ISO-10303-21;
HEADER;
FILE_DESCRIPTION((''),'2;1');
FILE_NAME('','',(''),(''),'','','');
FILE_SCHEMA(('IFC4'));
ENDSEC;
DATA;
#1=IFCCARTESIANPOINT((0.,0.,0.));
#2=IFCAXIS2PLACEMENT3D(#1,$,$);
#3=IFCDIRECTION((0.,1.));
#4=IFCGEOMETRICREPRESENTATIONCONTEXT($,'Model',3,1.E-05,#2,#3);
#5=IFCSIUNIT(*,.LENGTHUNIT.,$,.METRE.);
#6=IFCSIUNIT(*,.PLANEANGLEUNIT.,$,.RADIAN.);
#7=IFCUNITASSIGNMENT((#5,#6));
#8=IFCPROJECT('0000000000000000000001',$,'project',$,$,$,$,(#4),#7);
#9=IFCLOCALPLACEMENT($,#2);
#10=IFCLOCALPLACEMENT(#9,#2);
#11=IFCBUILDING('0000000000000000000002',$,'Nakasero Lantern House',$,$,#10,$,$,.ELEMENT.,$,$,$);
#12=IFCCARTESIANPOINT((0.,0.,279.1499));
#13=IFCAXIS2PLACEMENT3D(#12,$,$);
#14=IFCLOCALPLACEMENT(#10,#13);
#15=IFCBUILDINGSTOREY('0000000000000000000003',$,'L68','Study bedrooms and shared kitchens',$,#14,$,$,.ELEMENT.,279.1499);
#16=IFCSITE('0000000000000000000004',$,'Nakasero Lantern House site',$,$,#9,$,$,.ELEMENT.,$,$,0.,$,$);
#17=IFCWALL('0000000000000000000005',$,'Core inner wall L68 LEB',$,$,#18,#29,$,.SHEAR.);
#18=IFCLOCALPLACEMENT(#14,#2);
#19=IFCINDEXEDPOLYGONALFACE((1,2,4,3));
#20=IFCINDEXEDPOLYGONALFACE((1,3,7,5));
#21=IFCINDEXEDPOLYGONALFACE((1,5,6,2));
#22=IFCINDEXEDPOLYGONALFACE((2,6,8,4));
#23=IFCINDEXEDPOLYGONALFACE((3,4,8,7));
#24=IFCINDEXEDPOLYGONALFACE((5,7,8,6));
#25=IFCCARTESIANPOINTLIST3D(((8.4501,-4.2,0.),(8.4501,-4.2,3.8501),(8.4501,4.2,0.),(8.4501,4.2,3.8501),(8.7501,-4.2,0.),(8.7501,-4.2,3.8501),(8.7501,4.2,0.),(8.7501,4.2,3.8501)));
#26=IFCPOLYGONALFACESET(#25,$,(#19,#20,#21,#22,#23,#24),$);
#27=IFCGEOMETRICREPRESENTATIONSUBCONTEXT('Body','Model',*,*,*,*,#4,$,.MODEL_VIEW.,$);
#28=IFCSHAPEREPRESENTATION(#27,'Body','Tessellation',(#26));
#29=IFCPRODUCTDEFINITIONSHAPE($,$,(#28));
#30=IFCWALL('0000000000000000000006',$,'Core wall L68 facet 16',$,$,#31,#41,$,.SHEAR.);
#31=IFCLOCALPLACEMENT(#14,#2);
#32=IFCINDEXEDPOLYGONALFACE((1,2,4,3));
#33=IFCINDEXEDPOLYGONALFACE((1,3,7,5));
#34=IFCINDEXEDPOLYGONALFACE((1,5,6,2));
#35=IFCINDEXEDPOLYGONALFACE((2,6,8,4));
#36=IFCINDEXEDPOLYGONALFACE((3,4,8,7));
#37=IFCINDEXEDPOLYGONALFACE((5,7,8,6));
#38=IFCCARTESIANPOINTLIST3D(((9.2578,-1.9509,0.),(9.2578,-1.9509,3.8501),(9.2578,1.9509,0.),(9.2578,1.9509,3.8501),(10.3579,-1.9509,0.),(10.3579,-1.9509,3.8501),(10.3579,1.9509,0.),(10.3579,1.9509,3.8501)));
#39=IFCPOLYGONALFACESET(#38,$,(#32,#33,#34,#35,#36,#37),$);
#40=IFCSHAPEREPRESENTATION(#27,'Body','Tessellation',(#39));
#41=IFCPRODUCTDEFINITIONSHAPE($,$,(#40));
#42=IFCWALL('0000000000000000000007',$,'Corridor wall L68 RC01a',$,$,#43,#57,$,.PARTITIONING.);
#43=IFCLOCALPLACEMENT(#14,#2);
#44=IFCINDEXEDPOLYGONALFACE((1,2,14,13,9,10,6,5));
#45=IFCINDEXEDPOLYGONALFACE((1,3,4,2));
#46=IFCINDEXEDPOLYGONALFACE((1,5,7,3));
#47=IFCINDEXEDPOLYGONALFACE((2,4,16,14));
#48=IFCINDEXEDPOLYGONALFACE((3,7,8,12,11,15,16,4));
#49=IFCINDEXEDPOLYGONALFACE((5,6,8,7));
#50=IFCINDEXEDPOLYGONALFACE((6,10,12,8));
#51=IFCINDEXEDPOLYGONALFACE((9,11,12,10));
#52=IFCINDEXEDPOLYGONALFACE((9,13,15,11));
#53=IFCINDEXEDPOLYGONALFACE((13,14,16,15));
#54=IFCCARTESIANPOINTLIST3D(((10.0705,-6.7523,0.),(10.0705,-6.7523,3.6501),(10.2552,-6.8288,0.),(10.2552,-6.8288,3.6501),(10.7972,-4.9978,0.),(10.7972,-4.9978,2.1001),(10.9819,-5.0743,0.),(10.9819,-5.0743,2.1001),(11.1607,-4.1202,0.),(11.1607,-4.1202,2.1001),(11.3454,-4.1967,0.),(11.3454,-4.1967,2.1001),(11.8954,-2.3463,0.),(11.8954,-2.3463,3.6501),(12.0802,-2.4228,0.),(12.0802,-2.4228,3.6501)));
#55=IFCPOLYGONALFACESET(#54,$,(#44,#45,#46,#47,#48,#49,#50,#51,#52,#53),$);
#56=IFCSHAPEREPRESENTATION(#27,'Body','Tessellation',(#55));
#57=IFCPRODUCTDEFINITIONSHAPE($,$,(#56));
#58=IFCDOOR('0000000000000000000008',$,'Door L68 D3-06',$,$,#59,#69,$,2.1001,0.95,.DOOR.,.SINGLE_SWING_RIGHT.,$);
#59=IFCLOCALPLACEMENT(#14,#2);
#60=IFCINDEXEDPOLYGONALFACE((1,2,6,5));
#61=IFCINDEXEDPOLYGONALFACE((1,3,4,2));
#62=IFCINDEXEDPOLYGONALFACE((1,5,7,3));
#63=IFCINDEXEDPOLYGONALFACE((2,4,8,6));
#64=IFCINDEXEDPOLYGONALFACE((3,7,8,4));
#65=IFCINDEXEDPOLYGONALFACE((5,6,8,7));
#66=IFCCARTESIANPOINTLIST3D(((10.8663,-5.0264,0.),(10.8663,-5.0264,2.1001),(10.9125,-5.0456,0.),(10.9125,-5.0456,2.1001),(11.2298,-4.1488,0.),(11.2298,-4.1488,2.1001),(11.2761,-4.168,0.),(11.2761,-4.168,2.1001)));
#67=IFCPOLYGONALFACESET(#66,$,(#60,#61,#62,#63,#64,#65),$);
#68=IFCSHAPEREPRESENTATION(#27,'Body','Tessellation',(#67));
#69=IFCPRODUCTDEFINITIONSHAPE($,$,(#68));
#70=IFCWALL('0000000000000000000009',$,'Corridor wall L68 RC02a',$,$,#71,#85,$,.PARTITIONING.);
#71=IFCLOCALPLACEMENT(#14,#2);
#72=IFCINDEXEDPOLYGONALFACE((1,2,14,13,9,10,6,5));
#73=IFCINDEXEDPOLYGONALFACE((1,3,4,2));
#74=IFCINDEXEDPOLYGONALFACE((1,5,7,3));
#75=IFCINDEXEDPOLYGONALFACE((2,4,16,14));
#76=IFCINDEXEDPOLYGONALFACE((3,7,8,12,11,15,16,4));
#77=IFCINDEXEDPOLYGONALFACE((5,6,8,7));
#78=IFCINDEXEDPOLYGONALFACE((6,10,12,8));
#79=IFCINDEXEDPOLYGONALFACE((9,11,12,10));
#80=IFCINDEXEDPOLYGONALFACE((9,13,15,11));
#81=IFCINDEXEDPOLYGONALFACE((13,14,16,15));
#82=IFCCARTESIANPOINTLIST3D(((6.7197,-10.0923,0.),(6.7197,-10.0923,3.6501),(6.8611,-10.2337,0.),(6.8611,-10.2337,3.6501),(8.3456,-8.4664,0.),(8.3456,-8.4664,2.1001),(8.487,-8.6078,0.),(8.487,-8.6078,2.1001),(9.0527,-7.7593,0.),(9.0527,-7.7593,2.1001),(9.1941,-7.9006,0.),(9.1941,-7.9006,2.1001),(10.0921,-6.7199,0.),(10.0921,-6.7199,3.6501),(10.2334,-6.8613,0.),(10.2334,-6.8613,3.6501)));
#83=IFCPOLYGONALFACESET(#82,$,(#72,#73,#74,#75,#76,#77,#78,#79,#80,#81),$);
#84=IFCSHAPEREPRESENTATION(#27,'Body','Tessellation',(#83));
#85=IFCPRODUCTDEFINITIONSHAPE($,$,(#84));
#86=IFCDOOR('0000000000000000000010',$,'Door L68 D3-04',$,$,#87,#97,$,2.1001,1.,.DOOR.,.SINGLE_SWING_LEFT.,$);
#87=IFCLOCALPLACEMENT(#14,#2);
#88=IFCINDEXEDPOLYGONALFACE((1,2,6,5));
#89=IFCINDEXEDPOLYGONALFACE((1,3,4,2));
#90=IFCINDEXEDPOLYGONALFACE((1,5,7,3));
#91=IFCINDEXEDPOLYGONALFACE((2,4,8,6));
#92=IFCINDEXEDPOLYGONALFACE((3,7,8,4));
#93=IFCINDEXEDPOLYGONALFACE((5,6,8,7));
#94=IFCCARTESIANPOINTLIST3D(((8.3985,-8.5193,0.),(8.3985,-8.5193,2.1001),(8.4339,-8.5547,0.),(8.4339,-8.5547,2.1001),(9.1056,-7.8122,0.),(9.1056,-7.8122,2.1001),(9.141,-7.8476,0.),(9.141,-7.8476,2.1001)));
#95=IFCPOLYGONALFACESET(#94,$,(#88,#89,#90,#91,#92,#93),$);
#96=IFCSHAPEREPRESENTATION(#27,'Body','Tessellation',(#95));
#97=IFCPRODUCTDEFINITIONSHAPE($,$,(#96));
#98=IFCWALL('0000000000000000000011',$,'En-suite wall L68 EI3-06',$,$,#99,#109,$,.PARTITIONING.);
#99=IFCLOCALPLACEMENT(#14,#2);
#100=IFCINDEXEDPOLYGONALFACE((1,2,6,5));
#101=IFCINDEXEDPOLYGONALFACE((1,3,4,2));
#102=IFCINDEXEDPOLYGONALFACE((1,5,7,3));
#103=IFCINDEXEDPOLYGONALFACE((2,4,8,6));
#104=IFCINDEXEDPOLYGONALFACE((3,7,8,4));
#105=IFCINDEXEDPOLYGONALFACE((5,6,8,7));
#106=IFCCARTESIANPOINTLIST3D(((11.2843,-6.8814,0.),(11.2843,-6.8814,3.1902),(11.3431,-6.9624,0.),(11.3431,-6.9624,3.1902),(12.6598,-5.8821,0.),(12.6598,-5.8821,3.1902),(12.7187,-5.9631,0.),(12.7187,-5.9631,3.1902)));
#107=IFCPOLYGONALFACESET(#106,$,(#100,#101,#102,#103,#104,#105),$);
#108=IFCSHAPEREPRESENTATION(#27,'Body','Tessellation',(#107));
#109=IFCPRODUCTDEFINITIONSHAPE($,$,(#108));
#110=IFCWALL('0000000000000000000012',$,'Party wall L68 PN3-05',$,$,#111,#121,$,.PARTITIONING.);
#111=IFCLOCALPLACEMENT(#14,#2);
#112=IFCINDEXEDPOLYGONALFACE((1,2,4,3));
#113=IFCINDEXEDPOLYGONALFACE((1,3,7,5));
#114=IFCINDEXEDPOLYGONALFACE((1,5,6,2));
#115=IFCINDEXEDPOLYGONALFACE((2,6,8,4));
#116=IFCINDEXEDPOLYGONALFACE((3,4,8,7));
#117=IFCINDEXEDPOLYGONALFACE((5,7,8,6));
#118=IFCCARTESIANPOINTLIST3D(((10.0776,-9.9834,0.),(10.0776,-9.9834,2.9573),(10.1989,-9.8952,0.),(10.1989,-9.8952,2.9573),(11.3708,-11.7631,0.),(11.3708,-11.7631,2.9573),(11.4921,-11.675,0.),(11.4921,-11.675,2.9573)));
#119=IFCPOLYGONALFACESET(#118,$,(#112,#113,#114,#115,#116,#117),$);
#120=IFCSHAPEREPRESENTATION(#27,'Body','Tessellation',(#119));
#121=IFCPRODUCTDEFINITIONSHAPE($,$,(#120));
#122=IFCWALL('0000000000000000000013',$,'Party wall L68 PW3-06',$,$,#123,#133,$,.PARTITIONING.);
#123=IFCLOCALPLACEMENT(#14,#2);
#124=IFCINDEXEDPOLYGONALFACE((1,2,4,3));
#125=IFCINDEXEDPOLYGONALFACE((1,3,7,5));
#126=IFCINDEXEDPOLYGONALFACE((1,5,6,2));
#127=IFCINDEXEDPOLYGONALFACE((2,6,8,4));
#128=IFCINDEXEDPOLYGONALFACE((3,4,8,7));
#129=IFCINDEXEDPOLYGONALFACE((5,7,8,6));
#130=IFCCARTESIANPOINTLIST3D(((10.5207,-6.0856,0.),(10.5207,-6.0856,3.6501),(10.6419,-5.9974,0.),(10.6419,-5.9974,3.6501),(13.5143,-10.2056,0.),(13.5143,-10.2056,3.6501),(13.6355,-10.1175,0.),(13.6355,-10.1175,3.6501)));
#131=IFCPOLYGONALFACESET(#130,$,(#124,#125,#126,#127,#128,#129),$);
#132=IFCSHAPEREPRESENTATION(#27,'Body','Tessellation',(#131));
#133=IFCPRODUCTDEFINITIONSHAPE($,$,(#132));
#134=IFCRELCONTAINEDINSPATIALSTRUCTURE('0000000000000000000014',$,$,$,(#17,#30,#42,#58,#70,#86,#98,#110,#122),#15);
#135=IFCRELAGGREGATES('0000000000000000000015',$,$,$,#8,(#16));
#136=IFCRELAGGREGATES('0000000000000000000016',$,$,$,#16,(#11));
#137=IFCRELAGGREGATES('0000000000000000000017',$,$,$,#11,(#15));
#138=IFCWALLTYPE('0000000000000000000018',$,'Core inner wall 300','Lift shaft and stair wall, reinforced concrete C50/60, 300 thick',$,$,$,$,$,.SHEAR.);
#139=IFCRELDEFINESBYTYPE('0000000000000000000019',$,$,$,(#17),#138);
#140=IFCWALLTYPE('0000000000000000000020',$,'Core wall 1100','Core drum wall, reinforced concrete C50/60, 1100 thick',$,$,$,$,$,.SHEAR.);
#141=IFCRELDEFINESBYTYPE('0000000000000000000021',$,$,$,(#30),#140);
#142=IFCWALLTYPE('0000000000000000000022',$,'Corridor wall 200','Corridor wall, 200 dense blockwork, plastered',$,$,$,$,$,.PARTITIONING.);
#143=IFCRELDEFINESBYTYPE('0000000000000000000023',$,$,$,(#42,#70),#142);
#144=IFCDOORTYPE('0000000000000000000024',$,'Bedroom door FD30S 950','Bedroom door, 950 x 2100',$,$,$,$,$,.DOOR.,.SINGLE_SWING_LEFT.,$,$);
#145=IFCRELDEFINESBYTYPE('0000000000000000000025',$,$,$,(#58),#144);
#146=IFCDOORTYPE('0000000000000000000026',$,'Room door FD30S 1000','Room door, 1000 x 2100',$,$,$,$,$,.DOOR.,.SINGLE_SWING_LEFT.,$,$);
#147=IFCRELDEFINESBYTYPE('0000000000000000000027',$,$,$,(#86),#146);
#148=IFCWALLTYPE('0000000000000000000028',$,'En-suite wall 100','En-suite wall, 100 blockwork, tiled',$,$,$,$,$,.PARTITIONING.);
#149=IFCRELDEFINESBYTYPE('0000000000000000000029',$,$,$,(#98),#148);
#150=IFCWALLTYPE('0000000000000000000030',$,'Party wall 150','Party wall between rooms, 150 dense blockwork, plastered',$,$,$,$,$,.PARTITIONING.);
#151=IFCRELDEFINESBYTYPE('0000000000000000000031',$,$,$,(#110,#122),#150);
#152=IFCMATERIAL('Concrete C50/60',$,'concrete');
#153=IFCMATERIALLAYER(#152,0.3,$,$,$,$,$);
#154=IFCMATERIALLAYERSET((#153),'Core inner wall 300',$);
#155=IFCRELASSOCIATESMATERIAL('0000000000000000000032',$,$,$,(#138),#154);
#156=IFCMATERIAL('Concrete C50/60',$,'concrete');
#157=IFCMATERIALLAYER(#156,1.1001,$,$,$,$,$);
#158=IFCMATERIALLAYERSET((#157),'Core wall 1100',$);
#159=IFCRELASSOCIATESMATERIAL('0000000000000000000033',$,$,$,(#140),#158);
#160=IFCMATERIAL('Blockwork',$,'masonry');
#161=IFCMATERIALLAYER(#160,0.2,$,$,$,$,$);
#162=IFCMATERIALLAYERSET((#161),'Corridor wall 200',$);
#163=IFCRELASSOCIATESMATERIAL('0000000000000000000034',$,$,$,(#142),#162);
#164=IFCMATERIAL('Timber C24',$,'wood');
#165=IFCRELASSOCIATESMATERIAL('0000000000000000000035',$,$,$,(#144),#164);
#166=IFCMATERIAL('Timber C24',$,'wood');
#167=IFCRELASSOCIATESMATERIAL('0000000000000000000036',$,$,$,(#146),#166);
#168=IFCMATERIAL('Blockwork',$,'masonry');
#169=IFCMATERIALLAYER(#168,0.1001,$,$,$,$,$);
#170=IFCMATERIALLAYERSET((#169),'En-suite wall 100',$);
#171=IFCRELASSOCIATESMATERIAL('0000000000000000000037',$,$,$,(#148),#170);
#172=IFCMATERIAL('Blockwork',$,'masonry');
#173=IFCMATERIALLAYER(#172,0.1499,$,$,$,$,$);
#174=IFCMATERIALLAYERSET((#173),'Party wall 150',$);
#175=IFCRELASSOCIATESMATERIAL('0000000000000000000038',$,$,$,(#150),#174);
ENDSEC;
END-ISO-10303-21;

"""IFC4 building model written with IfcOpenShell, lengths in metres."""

from ifc_helpers import new_model, si_unit, direction, frame, frame_2d, origin, place, context, subcontext, project, spatial, rectangle, extrude, material, layer, layer_set, type_object, element, fill, save


model = new_model("IFC4")

# Units and contexts
model_context = context("Model", 3, precision=1e-05, world=origin(), true_north=direction((0.0, 1.0)))
body_context = subcontext(model_context, "Body", "Model", "MODEL_VIEW")
ifc_project = project(units=[si_unit("LENGTHUNIT", "METRE"), si_unit("PLANEANGLEUNIT", "RADIAN")], contexts=[model_context])

# Site, building, storey
site_placement = place(None, origin())
site = spatial("IfcSite", under=ifc_project, at=site_placement, Name="Nakasero Lantern House site", CompositionType="ELEMENT", RefElevation=0.0)
building_placement = place(site_placement, origin())
building = spatial("IfcBuilding", under=site, at=building_placement, Name="Nakasero Lantern House", CompositionType="ELEMENT")
storey_placement = place(building_placement, frame((0.0, 0.0, 279.1499)))
storey = spatial("IfcBuildingStorey", under=building, at=storey_placement, Name="L68", Description="Study bedrooms and shared kitchens", CompositionType="ELEMENT", Elevation=279.1499)

# Walls
ifc_material_1 = material(Name="Concrete C50/60", Category="concrete")
ifc_layer_1 = layer(ifc_material_1, 0.3)
ifc_layer_set_1 = layer_set([ifc_layer_1], Name="Core inner wall 300")
wall_type_1 = type_object("IfcWallType", Name="Core inner wall 300", Description="Lift shaft and stair wall, reinforced concrete C50/60, 300 thick", PredefinedType="SHEAR", material=ifc_layer_set_1)
wall_1_placement = place(storey_placement, frame((8.6001, -4.2, 0.0), z_axis=(0.0, 0.0, 1.0), x_axis=(0.0, 1.0, 0.0)))
element("IfcWall", 1, at=wall_1_placement, inside=storey, type_object=wall_type_1, Name="Core inner wall L68 LEB", PredefinedType="SHEAR", context=body_context, shape_type="SweptSolid", body=[
    extrude(rectangle(XDim=8.3999, YDim=0.3, at=frame_2d((4.2, 0.0))), origin(), (0.0, 0.0, 1.0), 3.8501),
])
ifc_material_2 = material(Name="Concrete C50/60", Category="concrete")
ifc_layer_2 = layer(ifc_material_2, 1.1001)
ifc_layer_set_2 = layer_set([ifc_layer_2], Name="Core wall 1100")
wall_type_2 = type_object("IfcWallType", Name="Core wall 1100", Description="Core drum wall, reinforced concrete C50/60, 1100 thick", PredefinedType="SHEAR", material=ifc_layer_set_2)
wall_2_placement = place(storey_placement, frame((9.8079, -1.9509, 0.0), z_axis=(0.0, 0.0, 1.0), x_axis=(0.0, 1.0, 0.0)))
element("IfcWall", 2, at=wall_2_placement, inside=storey, type_object=wall_type_2, Name="Core wall L68 facet 16", PredefinedType="SHEAR", context=body_context, shape_type="SweptSolid", body=[
    extrude(rectangle(XDim=3.9019, YDim=1.1001, at=frame_2d((1.9509, 0.0))), origin(), (0.0, 0.0, 1.0), 3.8501),
])

# Walls, openings, doors
ifc_material_3 = material(Name="Blockwork", Category="masonry")
ifc_layer_3 = layer(ifc_material_3, 0.2)
ifc_layer_set_3 = layer_set([ifc_layer_3], Name="Corridor wall 200")
wall_type_3 = type_object("IfcWallType", Name="Corridor wall 200", Description="Corridor wall, 200 dense blockwork, plastered", PredefinedType="PARTITIONING", material=ifc_layer_set_3)
wall_3_placement = place(storey_placement, frame((11.9878, -2.3845, 0.0), z_axis=(0.0, 0.0, 1.0), x_axis=(-0.38267, -0.923885, 0.0)))
wall_3 = element("IfcWall", 3, at=wall_3_placement, inside=storey, type_object=wall_type_3, Name="Corridor wall L68 RC01a", PredefinedType="PARTITIONING", context=body_context, shape_type="SweptSolid", body=[
    extrude(rectangle(XDim=4.769, YDim=0.2, at=frame_2d((2.3845, 0.0))), origin(), (0.0, 0.0, 1.0), 3.6501),
])
opening_1_placement = place(wall_3_placement, frame((1.9199, 0.0, 0.0)))
opening_1 = element("IfcOpeningElement", 4, at=opening_1_placement, cuts=wall_3, PredefinedType="OPENING", context=body_context, shape_type="SweptSolid", body=[
    extrude(rectangle(XDim=0.95, YDim=2.1001, at=frame_2d((0.4751, 1.05))), frame((0.0, 0.1199, 0.0), z_axis=(0.0, -1.0, 0.0), x_axis=(1.0, 0.0, 0.0)), (0.0, 0.0, 1.0), 0.24),
])
ifc_material_4 = material(Name="Timber C24", Category="wood")
door_type_1 = type_object("IfcDoorType", Name="Bedroom door FD30S 950", Description="Bedroom door, 950 x 2100", OperationType="SINGLE_SWING_LEFT", PredefinedType="DOOR", material=ifc_material_4)
door_1_placement = place(opening_1_placement, origin())
door_1 = element("IfcDoor", 5, at=door_1_placement, inside=storey, type_object=door_type_1, Name="Door L68 D3-06", OperationType="SINGLE_SWING_RIGHT", OverallHeight=2.1001, OverallWidth=0.95, PredefinedType="DOOR", context=body_context, shape_type="SweptSolid", body=[
    extrude(rectangle(XDim=0.95, YDim=2.1001, at=frame_2d((0.4751, 1.05))), frame((0.0, 0.0249, 0.0), z_axis=(0.0, -1.0, 0.0), x_axis=(1.0, 0.0, 0.0)), (0.0, 0.0, 1.0), 0.05),
])
fill(opening_1, door_1)
wall_4_placement = place(storey_placement, frame((10.1628, -6.7905, 0.0), z_axis=(0.0, 0.0, 1.0), x_axis=(-0.707107, -0.707107, 0.0)))
wall_4 = element("IfcWall", 6, at=wall_4_placement, inside=storey, type_object=wall_type_3, Name="Corridor wall L68 RC02a", PredefinedType="PARTITIONING", context=body_context, shape_type="SweptSolid", body=[
    extrude(rectangle(XDim=4.7693, YDim=0.2, at=frame_2d((2.3848, 0.0))), origin(), (0.0, 0.0, 1.0), 3.6501),
])
opening_2_placement = place(wall_4_placement, frame((1.47, 0.0, 0.0)))
opening_2 = element("IfcOpeningElement", 7, at=opening_2_placement, cuts=wall_4, PredefinedType="OPENING", context=body_context, shape_type="SweptSolid", body=[
    extrude(rectangle(XDim=1.0, YDim=2.1001, at=frame_2d((0.5, 1.05))), frame((0.0, 0.1199, 0.0), z_axis=(0.0, -1.0, 0.0), x_axis=(1.0, 0.0, 0.0)), (0.0, 0.0, 1.0), 0.24),
])
ifc_material_5 = material(Name="Timber C24", Category="wood")
door_type_2 = type_object("IfcDoorType", Name="Room door FD30S 1000", Description="Room door, 1000 x 2100", OperationType="SINGLE_SWING_LEFT", PredefinedType="DOOR", material=ifc_material_5)
door_2_placement = place(opening_2_placement, origin())
door_2 = element("IfcDoor", 8, at=door_2_placement, inside=storey, type_object=door_type_2, Name="Door L68 D3-04", OperationType="SINGLE_SWING_LEFT", OverallHeight=2.1001, OverallWidth=1.0, PredefinedType="DOOR", context=body_context, shape_type="SweptSolid", body=[
    extrude(rectangle(XDim=1.0, YDim=2.1001, at=frame_2d((0.5, 1.05))), frame((0.0, 0.0249, 0.0), z_axis=(0.0, -1.0, 0.0), x_axis=(1.0, 0.0, 0.0)), (0.0, 0.0, 1.0), 0.05),
])
fill(opening_2, door_2)

# Walls
ifc_material_6 = material(Name="Blockwork", Category="masonry")
ifc_layer_4 = layer(ifc_material_6, 0.1001)
ifc_layer_set_4 = layer_set([ifc_layer_4], Name="En-suite wall 100")
wall_type_4 = type_object("IfcWallType", Name="En-suite wall 100", Description="En-suite wall, 100 blockwork, tiled", PredefinedType="PARTITIONING", material=ifc_layer_set_4)
wall_5_placement = place(storey_placement, frame((11.3137, -6.9219, 0.0), z_axis=(0.0, 0.0, 1.0), x_axis=(0.80904, 0.587753, 0.0)))
element("IfcWall", 9, at=wall_5_placement, inside=storey, type_object=wall_type_4, Name="En-suite wall L68 EI3-06", PredefinedType="PARTITIONING", context=body_context, shape_type="SweptSolid", body=[
    extrude(rectangle(XDim=1.7002, YDim=0.1001, at=frame_2d((0.8501, 0.0))), origin(), (0.0, 0.0, 1.0), 3.1902),
])
ifc_material_7 = material(Name="Blockwork", Category="masonry")
ifc_layer_5 = layer(ifc_material_7, 0.1499)
ifc_layer_set_5 = layer_set([ifc_layer_5], Name="Party wall 150")
wall_type_5 = type_object("IfcWallType", Name="Party wall 150", Description="Party wall between rooms, 150 dense blockwork, plastered", PredefinedType="PARTITIONING", material=ifc_layer_set_5)
wall_6_placement = place(storey_placement, frame((10.1382, -9.9392, 0.0), z_axis=(0.0, 0.0, 1.0), x_axis=(0.587822, -0.80899, 0.0)))
element("IfcWall", 10, at=wall_6_placement, inside=storey, type_object=wall_type_5, Name="Party wall L68 PN3-05", PredefinedType="PARTITIONING", context=body_context, shape_type="SweptSolid", body=[
    extrude(rectangle(XDim=2.2, YDim=0.1499, at=frame_2d((1.1001, 0.0))), origin(), (0.0, 0.0, 1.0), 2.9573),
])
wall_7_placement = place(storey_placement, frame((10.5813, -6.0415, 0.0), z_axis=(0.0, 0.0, 1.0), x_axis=(0.587812, -0.808997, 0.0)))
element("IfcWall", 11, at=wall_7_placement, inside=storey, type_object=wall_type_5, Name="Party wall L68 PW3-06", PredefinedType="PARTITIONING", context=body_context, shape_type="SweptSolid", body=[
    extrude(rectangle(XDim=5.0928, YDim=0.1499, at=frame_2d((2.5464, 0.0))), origin(), (0.0, 0.0, 1.0), 3.6501),
])

save(model, "model.ifc")
